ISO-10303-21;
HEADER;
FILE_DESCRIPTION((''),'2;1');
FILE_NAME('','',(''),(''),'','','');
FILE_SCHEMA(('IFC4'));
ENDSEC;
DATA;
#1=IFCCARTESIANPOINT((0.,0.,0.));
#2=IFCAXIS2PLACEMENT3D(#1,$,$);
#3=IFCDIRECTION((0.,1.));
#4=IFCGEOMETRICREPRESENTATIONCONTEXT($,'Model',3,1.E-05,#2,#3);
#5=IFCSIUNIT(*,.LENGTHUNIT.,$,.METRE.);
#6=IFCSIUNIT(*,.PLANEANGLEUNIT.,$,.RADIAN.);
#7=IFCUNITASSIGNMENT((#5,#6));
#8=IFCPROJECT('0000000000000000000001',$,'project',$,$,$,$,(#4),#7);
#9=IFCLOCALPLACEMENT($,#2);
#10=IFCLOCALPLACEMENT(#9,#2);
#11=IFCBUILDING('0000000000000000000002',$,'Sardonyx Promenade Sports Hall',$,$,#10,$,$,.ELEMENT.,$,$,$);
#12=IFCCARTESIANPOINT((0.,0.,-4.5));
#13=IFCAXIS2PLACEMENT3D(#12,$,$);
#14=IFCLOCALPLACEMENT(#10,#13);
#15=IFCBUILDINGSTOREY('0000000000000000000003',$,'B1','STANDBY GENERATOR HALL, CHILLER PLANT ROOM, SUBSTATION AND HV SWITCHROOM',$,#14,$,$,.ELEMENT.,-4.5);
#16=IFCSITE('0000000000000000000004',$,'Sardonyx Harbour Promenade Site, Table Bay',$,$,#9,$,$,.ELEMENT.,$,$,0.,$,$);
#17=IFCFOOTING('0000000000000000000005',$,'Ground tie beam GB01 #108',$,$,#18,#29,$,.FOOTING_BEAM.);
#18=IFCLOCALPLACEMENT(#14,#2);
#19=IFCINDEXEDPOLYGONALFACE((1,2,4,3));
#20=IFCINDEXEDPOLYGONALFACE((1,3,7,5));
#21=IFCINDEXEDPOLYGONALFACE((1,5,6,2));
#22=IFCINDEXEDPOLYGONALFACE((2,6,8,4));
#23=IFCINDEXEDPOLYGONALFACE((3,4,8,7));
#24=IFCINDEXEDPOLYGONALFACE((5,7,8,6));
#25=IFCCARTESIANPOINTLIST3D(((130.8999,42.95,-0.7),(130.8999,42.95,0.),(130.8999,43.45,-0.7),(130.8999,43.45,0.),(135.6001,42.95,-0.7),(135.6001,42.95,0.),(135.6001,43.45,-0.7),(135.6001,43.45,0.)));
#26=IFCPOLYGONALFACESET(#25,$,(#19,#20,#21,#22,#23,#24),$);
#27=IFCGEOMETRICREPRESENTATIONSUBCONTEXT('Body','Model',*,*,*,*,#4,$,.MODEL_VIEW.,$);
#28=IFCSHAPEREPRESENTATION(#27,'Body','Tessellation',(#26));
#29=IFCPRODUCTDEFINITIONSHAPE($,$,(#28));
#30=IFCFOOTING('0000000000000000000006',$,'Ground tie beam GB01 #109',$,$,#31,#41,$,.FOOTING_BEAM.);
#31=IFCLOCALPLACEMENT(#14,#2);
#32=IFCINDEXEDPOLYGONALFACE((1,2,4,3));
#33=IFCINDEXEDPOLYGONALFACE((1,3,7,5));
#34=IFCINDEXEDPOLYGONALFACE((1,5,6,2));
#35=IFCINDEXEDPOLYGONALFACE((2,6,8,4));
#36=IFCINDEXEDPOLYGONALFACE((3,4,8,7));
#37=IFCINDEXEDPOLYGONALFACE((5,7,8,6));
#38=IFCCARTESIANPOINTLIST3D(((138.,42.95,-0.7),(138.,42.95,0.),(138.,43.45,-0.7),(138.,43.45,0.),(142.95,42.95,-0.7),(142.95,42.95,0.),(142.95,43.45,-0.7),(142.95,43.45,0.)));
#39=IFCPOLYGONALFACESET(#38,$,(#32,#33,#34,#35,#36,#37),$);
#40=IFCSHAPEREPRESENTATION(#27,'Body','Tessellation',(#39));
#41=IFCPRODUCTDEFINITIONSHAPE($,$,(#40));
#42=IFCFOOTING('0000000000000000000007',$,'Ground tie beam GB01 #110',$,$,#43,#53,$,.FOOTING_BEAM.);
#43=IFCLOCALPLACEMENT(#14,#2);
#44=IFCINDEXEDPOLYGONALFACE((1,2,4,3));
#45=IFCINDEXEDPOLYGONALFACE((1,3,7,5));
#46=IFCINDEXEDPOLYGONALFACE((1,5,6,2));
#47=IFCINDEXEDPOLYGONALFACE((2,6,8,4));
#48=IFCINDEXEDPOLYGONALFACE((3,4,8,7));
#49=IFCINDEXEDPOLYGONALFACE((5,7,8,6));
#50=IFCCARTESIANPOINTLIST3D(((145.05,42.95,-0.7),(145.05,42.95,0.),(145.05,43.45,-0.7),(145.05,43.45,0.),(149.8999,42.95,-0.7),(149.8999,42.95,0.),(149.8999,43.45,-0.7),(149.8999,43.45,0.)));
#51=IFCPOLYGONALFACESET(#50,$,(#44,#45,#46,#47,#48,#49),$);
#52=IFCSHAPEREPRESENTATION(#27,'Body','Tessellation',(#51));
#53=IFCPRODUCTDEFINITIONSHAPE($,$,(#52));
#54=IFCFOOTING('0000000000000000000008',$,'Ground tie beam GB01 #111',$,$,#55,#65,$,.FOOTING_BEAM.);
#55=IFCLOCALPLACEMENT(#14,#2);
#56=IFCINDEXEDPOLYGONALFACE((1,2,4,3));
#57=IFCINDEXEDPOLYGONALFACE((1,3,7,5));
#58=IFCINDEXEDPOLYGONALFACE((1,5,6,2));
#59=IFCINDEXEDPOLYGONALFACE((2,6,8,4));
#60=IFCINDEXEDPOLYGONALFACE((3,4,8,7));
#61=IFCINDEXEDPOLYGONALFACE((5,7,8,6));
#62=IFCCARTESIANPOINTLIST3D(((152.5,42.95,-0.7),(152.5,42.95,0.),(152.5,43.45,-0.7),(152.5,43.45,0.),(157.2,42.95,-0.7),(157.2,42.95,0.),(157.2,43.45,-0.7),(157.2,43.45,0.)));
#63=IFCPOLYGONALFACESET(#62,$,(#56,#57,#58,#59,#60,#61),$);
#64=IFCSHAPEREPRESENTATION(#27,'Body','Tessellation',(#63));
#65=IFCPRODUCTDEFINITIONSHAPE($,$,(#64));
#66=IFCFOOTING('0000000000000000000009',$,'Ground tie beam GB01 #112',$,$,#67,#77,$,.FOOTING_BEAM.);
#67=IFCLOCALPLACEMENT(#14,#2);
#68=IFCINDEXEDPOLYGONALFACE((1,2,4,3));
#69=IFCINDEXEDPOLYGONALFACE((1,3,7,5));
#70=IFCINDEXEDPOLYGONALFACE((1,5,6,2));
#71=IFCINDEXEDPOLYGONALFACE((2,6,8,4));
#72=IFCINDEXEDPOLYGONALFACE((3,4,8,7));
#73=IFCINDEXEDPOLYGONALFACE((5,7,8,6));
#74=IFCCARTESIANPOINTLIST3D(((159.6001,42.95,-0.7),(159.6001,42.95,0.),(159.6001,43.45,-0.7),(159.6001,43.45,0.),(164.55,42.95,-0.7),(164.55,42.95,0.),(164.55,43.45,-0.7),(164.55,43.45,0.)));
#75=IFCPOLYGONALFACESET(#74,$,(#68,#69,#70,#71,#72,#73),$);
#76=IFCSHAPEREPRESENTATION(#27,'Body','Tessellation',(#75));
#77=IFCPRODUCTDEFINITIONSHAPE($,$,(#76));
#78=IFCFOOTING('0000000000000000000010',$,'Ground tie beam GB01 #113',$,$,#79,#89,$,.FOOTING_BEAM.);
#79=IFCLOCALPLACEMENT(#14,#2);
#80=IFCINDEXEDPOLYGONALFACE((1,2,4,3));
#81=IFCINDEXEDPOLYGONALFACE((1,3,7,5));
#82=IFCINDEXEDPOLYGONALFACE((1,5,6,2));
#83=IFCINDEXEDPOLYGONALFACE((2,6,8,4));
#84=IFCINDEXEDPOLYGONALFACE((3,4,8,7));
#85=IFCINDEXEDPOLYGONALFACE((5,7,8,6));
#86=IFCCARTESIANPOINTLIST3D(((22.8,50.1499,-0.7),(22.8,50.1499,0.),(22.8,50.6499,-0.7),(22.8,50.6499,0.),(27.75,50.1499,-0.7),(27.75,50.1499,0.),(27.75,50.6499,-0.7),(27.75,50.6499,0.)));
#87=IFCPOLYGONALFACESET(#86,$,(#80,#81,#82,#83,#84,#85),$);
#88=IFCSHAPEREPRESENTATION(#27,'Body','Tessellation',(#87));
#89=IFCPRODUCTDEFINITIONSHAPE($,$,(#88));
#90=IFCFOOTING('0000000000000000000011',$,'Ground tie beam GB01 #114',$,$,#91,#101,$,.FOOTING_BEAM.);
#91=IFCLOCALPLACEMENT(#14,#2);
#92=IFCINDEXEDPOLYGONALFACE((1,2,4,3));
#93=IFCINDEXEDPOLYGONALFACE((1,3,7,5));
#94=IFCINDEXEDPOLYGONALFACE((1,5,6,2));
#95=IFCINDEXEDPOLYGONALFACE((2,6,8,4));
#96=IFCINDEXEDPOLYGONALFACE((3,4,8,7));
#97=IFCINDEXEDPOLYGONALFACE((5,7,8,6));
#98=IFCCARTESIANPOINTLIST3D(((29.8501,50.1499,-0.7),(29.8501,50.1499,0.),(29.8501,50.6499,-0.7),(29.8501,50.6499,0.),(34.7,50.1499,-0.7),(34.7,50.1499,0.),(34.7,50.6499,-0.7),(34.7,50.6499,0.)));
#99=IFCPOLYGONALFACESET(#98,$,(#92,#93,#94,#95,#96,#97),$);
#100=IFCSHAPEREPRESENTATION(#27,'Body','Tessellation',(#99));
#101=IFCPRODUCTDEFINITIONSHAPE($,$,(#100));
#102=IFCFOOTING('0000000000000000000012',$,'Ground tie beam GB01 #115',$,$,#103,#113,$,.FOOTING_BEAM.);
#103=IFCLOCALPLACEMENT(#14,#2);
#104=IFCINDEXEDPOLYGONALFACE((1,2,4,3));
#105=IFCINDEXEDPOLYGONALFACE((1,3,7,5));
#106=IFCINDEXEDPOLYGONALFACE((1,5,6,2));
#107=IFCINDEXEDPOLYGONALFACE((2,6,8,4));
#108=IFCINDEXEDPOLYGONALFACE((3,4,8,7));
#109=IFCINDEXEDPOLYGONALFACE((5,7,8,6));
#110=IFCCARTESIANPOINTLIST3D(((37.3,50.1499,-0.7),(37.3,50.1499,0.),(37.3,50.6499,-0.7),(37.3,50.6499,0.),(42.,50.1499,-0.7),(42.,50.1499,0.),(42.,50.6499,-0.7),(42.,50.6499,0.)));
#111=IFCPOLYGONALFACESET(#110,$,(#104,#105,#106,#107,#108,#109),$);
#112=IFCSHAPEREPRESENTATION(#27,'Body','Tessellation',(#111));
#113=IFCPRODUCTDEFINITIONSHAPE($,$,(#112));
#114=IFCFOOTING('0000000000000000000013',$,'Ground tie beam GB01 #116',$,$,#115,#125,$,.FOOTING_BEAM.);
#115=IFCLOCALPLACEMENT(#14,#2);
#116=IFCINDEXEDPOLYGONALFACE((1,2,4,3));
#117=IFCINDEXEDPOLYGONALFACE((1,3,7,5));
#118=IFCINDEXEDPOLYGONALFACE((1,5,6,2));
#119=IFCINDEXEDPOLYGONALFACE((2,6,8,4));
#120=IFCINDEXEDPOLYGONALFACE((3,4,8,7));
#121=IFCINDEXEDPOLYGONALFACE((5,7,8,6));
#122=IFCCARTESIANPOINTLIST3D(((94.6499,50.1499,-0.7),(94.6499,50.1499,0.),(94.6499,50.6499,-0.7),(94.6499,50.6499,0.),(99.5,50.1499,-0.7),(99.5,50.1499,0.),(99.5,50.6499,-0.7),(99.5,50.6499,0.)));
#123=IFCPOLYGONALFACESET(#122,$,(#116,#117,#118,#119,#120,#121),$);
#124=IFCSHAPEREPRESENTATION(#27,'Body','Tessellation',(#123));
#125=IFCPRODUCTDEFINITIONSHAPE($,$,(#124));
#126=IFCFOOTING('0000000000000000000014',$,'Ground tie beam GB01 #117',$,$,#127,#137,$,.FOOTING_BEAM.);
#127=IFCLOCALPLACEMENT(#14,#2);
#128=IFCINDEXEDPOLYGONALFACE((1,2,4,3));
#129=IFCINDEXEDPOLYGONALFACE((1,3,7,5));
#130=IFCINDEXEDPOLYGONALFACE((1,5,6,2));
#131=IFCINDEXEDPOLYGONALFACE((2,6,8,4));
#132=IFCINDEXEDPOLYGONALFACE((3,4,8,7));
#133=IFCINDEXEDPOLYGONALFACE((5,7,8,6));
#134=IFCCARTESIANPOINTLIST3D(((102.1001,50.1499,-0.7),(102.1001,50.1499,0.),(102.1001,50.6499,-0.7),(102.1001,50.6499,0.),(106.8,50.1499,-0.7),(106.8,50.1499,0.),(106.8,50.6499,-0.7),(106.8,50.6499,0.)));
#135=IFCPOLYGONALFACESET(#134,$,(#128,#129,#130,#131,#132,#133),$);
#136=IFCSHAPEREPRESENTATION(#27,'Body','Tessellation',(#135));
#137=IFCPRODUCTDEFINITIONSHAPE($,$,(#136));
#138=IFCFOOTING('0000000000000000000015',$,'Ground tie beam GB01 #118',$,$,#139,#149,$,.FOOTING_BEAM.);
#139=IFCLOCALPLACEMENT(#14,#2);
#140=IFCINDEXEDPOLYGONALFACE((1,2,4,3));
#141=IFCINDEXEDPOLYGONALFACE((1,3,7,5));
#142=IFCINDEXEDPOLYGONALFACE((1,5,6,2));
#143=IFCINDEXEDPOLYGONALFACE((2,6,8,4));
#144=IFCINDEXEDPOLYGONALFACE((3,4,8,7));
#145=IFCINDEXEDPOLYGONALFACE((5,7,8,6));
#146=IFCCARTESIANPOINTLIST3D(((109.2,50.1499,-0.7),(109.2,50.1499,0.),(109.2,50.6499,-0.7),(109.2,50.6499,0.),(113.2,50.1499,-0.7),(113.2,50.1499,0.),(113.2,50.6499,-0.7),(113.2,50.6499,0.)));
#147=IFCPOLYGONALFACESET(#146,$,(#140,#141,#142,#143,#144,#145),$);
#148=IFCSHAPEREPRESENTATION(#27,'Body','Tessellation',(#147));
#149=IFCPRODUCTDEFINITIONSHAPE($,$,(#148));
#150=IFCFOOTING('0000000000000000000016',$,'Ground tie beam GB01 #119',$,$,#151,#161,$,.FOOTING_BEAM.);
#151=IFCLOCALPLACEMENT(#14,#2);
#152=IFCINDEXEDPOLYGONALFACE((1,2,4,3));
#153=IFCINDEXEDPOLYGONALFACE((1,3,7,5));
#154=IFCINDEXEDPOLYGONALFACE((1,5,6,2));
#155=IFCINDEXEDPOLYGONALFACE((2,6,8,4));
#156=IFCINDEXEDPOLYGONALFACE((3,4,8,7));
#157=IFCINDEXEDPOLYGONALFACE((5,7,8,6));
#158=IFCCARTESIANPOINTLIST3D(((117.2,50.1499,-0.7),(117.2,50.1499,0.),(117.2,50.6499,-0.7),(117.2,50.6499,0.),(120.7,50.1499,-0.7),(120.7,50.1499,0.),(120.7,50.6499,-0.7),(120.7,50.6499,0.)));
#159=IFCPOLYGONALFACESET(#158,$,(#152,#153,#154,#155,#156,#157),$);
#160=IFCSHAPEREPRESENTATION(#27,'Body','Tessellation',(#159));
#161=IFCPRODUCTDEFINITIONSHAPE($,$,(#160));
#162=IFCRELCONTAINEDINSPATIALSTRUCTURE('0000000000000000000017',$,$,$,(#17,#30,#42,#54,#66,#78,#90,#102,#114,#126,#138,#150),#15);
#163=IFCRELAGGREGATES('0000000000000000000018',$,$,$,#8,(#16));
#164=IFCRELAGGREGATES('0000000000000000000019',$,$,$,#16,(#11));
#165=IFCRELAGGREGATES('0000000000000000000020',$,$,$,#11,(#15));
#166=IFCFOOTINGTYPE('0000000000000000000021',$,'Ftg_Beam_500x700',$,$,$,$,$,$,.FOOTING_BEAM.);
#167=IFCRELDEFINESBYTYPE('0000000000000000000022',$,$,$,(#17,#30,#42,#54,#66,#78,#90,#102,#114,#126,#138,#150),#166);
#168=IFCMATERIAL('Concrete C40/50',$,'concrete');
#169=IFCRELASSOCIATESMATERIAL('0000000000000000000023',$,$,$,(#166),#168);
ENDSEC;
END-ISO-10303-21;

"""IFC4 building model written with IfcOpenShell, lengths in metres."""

from ifc_helpers import new_model, si_unit, direction, frame, origin, place, context, subcontext, project, spatial, polyline, outline, extrude, material, type_object, element, save


model = new_model("IFC4")

# Units and contexts
model_context = context("Model", 3, precision=1e-05, world=origin(), true_north=direction((0.0, 1.0)))
body_context = subcontext(model_context, "Body", "Model", "MODEL_VIEW")
ifc_project = project(units=[si_unit("LENGTHUNIT", "METRE"), si_unit("PLANEANGLEUNIT", "RADIAN")], contexts=[model_context])

# Site, building, storey
site_placement = place(None, origin())
site = spatial("IfcSite", under=ifc_project, at=site_placement, Name="Sardonyx Harbour Promenade Site, Table Bay", CompositionType="ELEMENT", RefElevation=0.0)
building_placement = place(site_placement, origin())
building = spatial("IfcBuilding", under=site, at=building_placement, Name="Sardonyx Promenade Sports Hall", CompositionType="ELEMENT")
storey_placement = place(building_placement, frame((0.0, 0.0, -4.5)))
storey = spatial("IfcBuildingStorey", under=building, at=storey_placement, Name="B1", Description="STANDBY GENERATOR HALL, CHILLER PLANT ROOM, SUBSTATION AND HV SWITCHROOM", CompositionType="ELEMENT", Elevation=-4.5)

# Footings
ifc_material = material(Name="Concrete C40/50", Category="concrete")
footing_type = type_object("IfcFootingType", Name="Ftg_Beam_500x700", PredefinedType="FOOTING_BEAM", material=ifc_material)
footing_1_placement = place(storey_placement, frame((0.0, 0.0, -0.7)))
element("IfcFooting", 1, at=footing_1_placement, inside=storey, type_object=footing_type, Name="Ground tie beam GB01 #108", PredefinedType="FOOTING_BEAM", context=body_context, shape_type="SweptSolid", body=[
    extrude(outline(polyline([(130.8999, 42.95), (135.6001, 42.95), (135.6001, 43.45), (130.8999, 43.45), (130.8999, 42.95)])), origin(), (0.0, 0.0, 1.0), 0.7),
])
footing_2_placement = place(storey_placement, frame((0.0, 0.0, -0.7)))
element("IfcFooting", 2, at=footing_2_placement, inside=storey, type_object=footing_type, Name="Ground tie beam GB01 #109", PredefinedType="FOOTING_BEAM", context=body_context, shape_type="SweptSolid", body=[
    extrude(outline(polyline([(138.0, 42.95), (142.95, 42.95), (142.95, 43.45), (138.0, 43.45), (138.0, 42.95)])), origin(), (0.0, 0.0, 1.0), 0.7),
])
footing_3_placement = place(storey_placement, frame((0.0, 0.0, -0.7)))
element("IfcFooting", 3, at=footing_3_placement, inside=storey, type_object=footing_type, Name="Ground tie beam GB01 #110", PredefinedType="FOOTING_BEAM", context=body_context, shape_type="SweptSolid", body=[
    extrude(outline(polyline([(145.05, 42.95), (149.8999, 42.95), (149.8999, 43.45), (145.05, 43.45), (145.05, 42.95)])), origin(), (0.0, 0.0, 1.0), 0.7),
])
footing_4_placement = place(storey_placement, frame((0.0, 0.0, -0.7)))
element("IfcFooting", 4, at=footing_4_placement, inside=storey, type_object=footing_type, Name="Ground tie beam GB01 #111", PredefinedType="FOOTING_BEAM", context=body_context, shape_type="SweptSolid", body=[
    extrude(outline(polyline([(152.5, 42.95), (157.2, 42.95), (157.2, 43.45), (152.5, 43.45), (152.5, 42.95)])), origin(), (0.0, 0.0, 1.0), 0.7),
])
footing_5_placement = place(storey_placement, frame((0.0, 0.0, -0.7)))
element("IfcFooting", 5, at=footing_5_placement, inside=storey, type_object=footing_type, Name="Ground tie beam GB01 #112", PredefinedType="FOOTING_BEAM", context=body_context, shape_type="SweptSolid", body=[
    extrude(outline(polyline([(159.6001, 42.95), (164.55, 42.95), (164.55, 43.45), (159.6001, 43.45), (159.6001, 42.95)])), origin(), (0.0, 0.0, 1.0), 0.7),
])
footing_6_placement = place(storey_placement, frame((0.0, 0.0, -0.7)))
element("IfcFooting", 6, at=footing_6_placement, inside=storey, type_object=footing_type, Name="Ground tie beam GB01 #113", PredefinedType="FOOTING_BEAM", context=body_context, shape_type="SweptSolid", body=[
    extrude(outline(polyline([(22.8, 50.1499), (27.75, 50.1499), (27.75, 50.6499), (22.8, 50.6499), (22.8, 50.1499)])), origin(), (0.0, 0.0, 1.0), 0.7),
])
footing_7_placement = place(storey_placement, frame((0.0, 0.0, -0.7)))
element("IfcFooting", 7, at=footing_7_placement, inside=storey, type_object=footing_type, Name="Ground tie beam GB01 #114", PredefinedType="FOOTING_BEAM", context=body_context, shape_type="SweptSolid", body=[
    extrude(outline(polyline([(29.8501, 50.1499), (34.7, 50.1499), (34.7, 50.6499), (29.8501, 50.6499), (29.8501, 50.1499)])), origin(), (0.0, 0.0, 1.0), 0.7),
])
footing_8_placement = place(storey_placement, frame((0.0, 0.0, -0.7)))
element("IfcFooting", 8, at=footing_8_placement, inside=storey, type_object=footing_type, Name="Ground tie beam GB01 #115", PredefinedType="FOOTING_BEAM", context=body_context, shape_type="SweptSolid", body=[
    extrude(outline(polyline([(37.3, 50.1499), (42.0, 50.1499), (42.0, 50.6499), (37.3, 50.6499), (37.3, 50.1499)])), origin(), (0.0, 0.0, 1.0), 0.7),
])
footing_9_placement = place(storey_placement, frame((0.0, 0.0, -0.7)))
element("IfcFooting", 9, at=footing_9_placement, inside=storey, type_object=footing_type, Name="Ground tie beam GB01 #116", PredefinedType="FOOTING_BEAM", context=body_context, shape_type="SweptSolid", body=[
    extrude(outline(polyline([(94.6499, 50.1499), (99.5, 50.1499), (99.5, 50.6499), (94.6499, 50.6499), (94.6499, 50.1499)])), origin(), (0.0, 0.0, 1.0), 0.7),
])
footing_10_placement = place(storey_placement, frame((0.0, 0.0, -0.7)))
element("IfcFooting", 10, at=footing_10_placement, inside=storey, type_object=footing_type, Name="Ground tie beam GB01 #117", PredefinedType="FOOTING_BEAM", context=body_context, shape_type="SweptSolid", body=[
    extrude(outline(polyline([(102.1001, 50.1499), (106.8, 50.1499), (106.8, 50.6499), (102.1001, 50.6499), (102.1001, 50.1499)])), origin(), (0.0, 0.0, 1.0), 0.7),
])
footing_11_placement = place(storey_placement, frame((0.0, 0.0, -0.7)))
element("IfcFooting", 11, at=footing_11_placement, inside=storey, type_object=footing_type, Name="Ground tie beam GB01 #118", PredefinedType="FOOTING_BEAM", context=body_context, shape_type="SweptSolid", body=[
    extrude(outline(polyline([(109.2, 50.1499), (113.2, 50.1499), (113.2, 50.6499), (109.2, 50.6499), (109.2, 50.1499)])), origin(), (0.0, 0.0, 1.0), 0.7),
])
footing_12_placement = place(storey_placement, frame((0.0, 0.0, -0.7)))
element("IfcFooting", 12, at=footing_12_placement, inside=storey, type_object=footing_type, Name="Ground tie beam GB01 #119", PredefinedType="FOOTING_BEAM", context=body_context, shape_type="SweptSolid", body=[
    extrude(outline(polyline([(117.2, 50.1499), (120.7, 50.1499), (120.7, 50.6499), (117.2, 50.6499), (117.2, 50.1499)])), origin(), (0.0, 0.0, 1.0), 0.7),
])

save(model, "model.ifc")
